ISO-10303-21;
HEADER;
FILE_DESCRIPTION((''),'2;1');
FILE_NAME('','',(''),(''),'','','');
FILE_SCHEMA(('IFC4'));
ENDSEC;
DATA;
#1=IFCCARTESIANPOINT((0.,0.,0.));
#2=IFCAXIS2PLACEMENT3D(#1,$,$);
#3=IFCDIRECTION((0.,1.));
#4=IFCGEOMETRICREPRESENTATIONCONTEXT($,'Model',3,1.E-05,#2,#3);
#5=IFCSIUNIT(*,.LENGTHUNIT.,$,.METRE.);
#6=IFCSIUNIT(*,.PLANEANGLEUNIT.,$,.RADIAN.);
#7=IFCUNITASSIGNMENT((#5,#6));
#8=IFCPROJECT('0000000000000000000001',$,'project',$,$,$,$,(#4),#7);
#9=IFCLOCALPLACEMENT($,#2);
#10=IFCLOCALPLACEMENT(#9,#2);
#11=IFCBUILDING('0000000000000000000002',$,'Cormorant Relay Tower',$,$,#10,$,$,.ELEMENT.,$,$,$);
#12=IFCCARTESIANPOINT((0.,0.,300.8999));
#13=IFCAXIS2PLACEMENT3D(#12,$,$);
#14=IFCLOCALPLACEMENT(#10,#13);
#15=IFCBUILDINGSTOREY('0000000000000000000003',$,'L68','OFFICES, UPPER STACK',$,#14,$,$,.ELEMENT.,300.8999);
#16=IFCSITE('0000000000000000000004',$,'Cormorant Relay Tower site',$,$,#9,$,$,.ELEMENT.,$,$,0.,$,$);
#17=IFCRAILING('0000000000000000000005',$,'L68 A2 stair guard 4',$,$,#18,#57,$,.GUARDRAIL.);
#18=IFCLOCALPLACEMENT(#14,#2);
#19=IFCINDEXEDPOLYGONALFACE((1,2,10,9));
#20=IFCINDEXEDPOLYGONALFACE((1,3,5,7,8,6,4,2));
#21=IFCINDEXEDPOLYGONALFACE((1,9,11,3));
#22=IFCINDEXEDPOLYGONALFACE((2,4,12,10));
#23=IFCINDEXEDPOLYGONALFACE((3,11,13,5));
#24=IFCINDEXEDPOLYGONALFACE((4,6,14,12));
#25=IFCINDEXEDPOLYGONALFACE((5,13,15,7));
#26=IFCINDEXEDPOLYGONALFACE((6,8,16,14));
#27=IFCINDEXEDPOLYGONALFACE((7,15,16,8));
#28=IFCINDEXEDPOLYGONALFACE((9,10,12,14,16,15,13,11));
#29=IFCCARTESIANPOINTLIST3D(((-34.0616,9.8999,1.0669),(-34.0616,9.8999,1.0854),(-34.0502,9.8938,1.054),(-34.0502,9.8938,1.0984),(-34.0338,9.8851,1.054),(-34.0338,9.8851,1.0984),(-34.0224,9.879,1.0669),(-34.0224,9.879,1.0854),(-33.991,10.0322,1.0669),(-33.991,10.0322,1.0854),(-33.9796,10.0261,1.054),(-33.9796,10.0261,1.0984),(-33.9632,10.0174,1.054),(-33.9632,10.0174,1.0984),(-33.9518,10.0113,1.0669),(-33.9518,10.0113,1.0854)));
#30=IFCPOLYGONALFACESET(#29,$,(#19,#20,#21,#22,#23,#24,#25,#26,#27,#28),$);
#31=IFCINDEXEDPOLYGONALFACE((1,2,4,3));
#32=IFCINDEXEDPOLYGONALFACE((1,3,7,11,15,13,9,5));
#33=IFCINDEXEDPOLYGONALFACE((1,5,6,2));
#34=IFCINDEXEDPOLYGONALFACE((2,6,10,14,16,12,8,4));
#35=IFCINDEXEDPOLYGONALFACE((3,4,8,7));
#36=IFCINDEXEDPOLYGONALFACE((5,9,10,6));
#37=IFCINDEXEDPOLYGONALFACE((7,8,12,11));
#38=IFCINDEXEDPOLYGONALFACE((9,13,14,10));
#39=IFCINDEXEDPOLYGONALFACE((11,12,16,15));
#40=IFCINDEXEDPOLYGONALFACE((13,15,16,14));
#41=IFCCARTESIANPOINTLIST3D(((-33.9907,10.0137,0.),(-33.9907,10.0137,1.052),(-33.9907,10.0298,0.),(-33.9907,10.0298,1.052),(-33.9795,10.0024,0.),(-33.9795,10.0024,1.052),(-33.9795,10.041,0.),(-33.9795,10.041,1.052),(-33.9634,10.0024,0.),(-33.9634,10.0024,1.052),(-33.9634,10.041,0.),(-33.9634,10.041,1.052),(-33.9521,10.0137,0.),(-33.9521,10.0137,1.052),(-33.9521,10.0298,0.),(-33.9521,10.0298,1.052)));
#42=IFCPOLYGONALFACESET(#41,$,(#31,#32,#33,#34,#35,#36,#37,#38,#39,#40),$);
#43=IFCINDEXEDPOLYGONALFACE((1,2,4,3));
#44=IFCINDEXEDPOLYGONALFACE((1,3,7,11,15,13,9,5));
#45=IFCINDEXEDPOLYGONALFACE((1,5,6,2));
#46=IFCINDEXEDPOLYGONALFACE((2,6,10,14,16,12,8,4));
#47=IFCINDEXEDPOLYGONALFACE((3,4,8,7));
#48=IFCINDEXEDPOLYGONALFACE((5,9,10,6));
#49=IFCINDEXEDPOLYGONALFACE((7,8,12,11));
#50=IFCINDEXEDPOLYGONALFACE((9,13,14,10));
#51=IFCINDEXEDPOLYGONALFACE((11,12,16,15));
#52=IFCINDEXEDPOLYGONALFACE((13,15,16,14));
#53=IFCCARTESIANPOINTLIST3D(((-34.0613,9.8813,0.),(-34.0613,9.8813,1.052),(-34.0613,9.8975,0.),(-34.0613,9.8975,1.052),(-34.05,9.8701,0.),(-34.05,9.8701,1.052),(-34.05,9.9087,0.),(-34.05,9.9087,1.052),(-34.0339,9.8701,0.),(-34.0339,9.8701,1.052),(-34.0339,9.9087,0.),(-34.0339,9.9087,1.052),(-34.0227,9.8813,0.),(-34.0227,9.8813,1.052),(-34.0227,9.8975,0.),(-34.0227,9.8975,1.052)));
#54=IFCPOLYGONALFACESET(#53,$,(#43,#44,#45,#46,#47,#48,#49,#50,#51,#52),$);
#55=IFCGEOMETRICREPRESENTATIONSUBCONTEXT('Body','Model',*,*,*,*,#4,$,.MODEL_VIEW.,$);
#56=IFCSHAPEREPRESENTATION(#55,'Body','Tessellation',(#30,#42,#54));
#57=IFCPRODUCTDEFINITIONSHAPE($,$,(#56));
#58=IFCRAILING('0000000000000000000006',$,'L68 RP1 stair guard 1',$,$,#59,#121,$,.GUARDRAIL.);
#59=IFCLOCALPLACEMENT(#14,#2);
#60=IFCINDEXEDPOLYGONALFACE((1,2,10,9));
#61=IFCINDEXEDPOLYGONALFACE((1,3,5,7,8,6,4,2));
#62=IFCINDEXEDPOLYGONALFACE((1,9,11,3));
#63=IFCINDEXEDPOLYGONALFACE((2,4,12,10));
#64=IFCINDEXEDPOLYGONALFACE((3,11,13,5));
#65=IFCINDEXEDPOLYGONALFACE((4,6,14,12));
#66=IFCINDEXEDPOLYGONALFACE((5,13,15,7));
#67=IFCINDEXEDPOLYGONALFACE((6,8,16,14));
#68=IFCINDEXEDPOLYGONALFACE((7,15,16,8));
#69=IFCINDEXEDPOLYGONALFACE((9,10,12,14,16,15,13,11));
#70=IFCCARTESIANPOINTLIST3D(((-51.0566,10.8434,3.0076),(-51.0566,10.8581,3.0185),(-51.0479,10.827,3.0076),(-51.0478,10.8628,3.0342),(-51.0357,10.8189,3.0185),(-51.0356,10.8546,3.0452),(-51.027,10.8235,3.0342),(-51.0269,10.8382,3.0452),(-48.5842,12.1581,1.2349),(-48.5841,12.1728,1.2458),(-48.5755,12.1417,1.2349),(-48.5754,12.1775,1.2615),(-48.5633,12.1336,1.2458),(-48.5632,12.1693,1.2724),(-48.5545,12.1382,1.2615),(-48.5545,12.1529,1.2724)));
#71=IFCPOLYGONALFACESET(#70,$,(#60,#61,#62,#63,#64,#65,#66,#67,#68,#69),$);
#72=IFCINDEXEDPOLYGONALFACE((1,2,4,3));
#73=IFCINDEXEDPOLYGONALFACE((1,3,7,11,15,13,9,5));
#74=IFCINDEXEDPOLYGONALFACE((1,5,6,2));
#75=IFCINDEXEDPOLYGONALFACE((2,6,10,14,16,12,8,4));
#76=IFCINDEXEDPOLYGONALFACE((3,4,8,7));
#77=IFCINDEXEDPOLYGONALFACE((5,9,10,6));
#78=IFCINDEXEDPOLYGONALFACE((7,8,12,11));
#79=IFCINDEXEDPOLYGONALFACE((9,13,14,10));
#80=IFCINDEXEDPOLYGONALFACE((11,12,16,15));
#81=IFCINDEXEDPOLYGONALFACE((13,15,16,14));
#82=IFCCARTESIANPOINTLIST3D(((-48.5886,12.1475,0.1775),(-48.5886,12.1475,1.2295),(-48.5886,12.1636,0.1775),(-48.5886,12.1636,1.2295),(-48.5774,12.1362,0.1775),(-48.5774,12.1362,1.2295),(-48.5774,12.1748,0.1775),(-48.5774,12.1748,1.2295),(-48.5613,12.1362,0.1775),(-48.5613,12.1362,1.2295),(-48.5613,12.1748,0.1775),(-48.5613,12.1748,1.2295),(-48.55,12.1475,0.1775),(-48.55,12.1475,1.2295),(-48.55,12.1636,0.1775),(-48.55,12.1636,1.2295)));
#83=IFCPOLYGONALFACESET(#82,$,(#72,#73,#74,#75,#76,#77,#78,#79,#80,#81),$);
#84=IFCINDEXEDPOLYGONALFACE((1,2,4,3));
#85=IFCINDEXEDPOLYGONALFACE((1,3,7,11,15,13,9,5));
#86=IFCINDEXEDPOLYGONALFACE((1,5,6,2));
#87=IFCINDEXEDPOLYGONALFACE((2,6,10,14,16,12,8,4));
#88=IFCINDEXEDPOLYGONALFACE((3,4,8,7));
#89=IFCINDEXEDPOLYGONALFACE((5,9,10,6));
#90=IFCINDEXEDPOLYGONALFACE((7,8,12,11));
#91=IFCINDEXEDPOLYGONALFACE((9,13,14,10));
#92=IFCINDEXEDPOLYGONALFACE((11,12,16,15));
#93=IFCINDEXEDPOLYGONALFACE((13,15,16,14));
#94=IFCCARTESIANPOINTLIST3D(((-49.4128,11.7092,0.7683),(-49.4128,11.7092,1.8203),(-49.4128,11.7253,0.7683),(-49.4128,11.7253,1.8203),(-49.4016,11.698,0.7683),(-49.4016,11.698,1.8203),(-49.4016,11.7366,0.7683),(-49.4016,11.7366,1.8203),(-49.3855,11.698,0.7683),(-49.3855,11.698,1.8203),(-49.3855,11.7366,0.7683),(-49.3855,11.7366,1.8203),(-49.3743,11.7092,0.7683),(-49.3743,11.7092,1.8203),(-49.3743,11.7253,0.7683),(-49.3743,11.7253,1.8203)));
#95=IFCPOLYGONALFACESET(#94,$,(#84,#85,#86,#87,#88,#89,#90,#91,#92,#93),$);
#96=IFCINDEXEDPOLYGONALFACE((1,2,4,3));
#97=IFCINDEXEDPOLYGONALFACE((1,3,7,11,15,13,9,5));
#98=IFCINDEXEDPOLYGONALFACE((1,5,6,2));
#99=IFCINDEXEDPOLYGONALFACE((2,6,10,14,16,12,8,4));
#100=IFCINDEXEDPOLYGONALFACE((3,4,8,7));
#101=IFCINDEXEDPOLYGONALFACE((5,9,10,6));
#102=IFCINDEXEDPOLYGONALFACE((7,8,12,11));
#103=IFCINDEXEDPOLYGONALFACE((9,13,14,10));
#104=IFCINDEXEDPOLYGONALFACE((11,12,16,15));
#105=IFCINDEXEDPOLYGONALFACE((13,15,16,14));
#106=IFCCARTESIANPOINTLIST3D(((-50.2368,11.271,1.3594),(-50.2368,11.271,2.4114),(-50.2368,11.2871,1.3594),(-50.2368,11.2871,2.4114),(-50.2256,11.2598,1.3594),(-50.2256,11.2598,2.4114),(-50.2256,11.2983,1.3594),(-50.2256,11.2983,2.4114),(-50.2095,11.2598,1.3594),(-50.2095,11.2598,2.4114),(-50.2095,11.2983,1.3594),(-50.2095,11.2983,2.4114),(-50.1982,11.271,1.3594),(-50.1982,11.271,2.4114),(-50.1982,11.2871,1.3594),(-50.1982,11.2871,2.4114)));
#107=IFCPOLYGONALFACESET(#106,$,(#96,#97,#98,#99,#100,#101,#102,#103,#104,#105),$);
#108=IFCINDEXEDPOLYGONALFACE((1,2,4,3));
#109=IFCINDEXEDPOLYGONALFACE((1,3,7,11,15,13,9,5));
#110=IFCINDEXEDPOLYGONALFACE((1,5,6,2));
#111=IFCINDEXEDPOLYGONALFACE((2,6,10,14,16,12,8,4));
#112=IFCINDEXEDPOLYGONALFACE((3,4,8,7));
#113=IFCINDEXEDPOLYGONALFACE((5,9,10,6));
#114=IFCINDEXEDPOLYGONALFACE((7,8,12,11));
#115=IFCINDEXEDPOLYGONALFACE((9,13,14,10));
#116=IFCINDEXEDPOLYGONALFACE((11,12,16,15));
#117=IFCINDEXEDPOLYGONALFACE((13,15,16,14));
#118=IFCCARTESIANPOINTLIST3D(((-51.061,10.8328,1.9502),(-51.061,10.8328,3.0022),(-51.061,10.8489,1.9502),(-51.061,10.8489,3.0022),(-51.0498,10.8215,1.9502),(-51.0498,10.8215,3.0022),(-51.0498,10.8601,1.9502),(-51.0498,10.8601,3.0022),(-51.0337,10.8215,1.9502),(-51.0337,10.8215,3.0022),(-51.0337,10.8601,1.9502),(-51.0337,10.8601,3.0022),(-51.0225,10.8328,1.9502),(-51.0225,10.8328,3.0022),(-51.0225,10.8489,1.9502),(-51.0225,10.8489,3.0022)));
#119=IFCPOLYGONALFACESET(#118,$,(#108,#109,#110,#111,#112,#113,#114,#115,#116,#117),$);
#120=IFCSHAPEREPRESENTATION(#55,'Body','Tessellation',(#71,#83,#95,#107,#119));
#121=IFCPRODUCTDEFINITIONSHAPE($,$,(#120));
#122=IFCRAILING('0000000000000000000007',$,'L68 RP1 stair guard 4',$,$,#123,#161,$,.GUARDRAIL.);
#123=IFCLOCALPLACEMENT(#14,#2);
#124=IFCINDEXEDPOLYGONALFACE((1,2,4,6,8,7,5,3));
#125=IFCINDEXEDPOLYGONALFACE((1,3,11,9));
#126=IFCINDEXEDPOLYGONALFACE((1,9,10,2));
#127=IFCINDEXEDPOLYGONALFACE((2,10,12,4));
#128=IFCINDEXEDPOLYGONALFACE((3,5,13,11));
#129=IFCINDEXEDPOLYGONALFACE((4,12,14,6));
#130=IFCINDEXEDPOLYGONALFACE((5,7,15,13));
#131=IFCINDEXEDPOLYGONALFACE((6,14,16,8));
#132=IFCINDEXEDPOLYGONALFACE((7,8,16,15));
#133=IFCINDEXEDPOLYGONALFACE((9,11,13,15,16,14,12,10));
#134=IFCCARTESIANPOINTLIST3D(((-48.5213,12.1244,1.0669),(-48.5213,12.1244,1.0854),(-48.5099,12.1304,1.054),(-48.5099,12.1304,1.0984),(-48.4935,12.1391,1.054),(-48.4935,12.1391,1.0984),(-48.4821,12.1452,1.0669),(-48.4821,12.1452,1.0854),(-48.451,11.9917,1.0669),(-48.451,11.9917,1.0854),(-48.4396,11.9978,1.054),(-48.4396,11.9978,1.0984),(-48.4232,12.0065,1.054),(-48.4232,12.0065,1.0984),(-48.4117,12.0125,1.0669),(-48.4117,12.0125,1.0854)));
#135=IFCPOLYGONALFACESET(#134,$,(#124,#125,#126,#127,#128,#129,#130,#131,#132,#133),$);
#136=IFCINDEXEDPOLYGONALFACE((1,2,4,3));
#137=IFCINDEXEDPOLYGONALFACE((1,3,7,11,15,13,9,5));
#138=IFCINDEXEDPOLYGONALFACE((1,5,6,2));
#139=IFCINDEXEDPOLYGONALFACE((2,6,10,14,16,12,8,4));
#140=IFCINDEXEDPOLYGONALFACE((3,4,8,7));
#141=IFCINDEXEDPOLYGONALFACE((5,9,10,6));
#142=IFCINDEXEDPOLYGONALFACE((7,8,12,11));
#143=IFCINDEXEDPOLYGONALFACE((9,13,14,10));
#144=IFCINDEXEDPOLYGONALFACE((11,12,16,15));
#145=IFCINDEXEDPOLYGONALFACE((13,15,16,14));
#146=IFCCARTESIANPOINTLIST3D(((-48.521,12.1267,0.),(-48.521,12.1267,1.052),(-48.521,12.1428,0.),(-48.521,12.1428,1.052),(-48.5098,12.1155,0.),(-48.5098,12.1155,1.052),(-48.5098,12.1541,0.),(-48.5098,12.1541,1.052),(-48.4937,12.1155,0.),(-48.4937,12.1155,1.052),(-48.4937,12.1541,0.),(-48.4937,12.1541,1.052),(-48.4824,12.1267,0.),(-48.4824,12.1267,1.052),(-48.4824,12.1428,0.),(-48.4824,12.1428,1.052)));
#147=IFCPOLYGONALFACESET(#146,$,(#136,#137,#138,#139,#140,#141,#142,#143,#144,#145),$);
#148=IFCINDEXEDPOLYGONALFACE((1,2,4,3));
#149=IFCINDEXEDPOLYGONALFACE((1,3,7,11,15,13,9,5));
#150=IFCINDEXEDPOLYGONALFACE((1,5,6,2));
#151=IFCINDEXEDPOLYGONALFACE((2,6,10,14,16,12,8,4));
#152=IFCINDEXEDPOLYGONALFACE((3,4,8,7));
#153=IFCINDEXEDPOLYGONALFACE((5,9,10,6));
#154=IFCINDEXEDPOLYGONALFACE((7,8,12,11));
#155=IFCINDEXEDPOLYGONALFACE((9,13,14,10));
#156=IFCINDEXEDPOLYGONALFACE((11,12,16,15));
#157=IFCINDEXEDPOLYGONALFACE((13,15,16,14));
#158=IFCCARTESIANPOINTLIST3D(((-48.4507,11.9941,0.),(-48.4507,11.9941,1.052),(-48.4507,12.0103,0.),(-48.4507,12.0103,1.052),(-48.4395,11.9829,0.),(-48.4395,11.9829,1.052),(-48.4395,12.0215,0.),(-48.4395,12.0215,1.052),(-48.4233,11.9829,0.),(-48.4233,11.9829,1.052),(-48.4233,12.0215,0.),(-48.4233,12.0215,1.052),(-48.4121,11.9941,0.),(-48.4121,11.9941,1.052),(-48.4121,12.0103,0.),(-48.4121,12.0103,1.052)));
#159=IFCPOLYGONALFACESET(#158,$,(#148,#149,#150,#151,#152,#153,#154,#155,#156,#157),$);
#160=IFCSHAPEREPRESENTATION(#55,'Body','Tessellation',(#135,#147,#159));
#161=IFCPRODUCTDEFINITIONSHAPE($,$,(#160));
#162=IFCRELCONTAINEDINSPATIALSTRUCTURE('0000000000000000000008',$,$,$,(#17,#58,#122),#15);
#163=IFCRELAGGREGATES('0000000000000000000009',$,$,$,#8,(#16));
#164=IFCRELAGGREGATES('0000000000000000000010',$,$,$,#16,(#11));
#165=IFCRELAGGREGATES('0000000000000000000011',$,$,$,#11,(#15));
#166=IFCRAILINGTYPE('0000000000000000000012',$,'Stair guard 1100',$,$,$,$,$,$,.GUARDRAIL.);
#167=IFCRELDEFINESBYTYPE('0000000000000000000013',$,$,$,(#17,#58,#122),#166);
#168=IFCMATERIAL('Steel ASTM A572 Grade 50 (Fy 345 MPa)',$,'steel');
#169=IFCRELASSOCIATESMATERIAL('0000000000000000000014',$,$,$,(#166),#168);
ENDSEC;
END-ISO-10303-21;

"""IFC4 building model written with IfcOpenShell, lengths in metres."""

from ifc_helpers import new_model, si_unit, direction, frame, origin, place, context, subcontext, project, spatial, polyline, outline, extrude, material, type_object, element, save


model = new_model("IFC4")

# Units and contexts
model_context = context("Model", 3, precision=1e-05, world=origin(), true_north=direction((0.0, 1.0)))
body_context = subcontext(model_context, "Body", "Model", "MODEL_VIEW")
ifc_project = project(units=[si_unit("LENGTHUNIT", "METRE"), si_unit("PLANEANGLEUNIT", "RADIAN")], contexts=[model_context])

# Site, building, storey
site_placement = place(None, origin())
site = spatial("IfcSite", under=ifc_project, at=site_placement, Name="Cormorant Relay Tower site", CompositionType="ELEMENT", RefElevation=0.0)
building_placement = place(site_placement, origin())
building = spatial("IfcBuilding", under=site, at=building_placement, Name="Cormorant Relay Tower", CompositionType="ELEMENT")
storey_placement = place(building_placement, frame((0.0, 0.0, 300.8999)))
storey = spatial("IfcBuildingStorey", under=building, at=storey_placement, Name="L68", Description="OFFICES, UPPER STACK", CompositionType="ELEMENT", Elevation=300.8999)

# Railings
ifc_material_1 = material(Name="Steel ASTM A572 Grade 50 (Fy 345 MPa)", Category="steel")
railing_type_1 = type_object("IfcRailingType", Name="Stair guard 1100", PredefinedType="GUARDRAIL", material=ifc_material_1)
railing_1_placement = place(storey_placement, frame((-33.9714, 10.0217, 0.0)))
element("IfcRailing", 1, at=railing_1_placement, inside=storey, type_object=railing_type_1, Name="L68 A2 stair guard 4", PredefinedType="GUARDRAIL", context=body_context, shape_type="SweptSolid", body=[
    extrude(outline(polyline([(0.0222, 0.0093), (0.0093, 0.0222), (-0.0093, 0.0222), (-0.0222, 0.0093), (-0.0222, -0.0093), (-0.0093, -0.0222), (0.0093, -0.0222), (0.0222, -0.0093), (0.0222, 0.0093)])), frame((0.0, 0.0, 1.0762), z_axis=(-0.470504, -0.882398, 0.0), x_axis=(0.882398, -0.470504, 0.0)), (0.0, 0.0, 1.0), 0.1499),
    extrude(outline(polyline([(0.0193, 0.0081), (0.0081, 0.0193), (-0.0081, 0.0193), (-0.0193, 0.0081), (-0.0193, -0.0081), (-0.0081, -0.0193), (0.0081, -0.0193), (0.0193, -0.0081), (0.0193, 0.0081)])), origin(), (0.0, 0.0, 1.0), 1.052),
    extrude(outline(polyline([(0.0193, 0.0081), (0.0081, 0.0193), (-0.0081, 0.0193), (-0.0193, 0.0081), (-0.0193, -0.0081), (-0.0081, -0.0193), (0.0081, -0.0193), (0.0193, -0.0081), (0.0193, 0.0081)])), frame((-0.0706, -0.1323, 0.0)), (0.0, 0.0, 1.0), 1.052),
])
railing_2_placement = place(storey_placement, frame((-48.5693, 12.1555, 0.1775)))
element("IfcRailing", 2, at=railing_2_placement, inside=storey, type_object=railing_type_1, Name="L68 RP1 stair guard 1", PredefinedType="GUARDRAIL", context=body_context, shape_type="SweptSolid", body=[
    extrude(outline(polyline([(0.0222, 0.0093), (0.0093, 0.0222), (-0.0093, 0.0222), (-0.0222, 0.0093), (-0.0222, -0.0093), (-0.0093, -0.0222), (0.0093, -0.0222), (0.0222, -0.0093), (0.0222, 0.0093)])), frame((0.0, 0.0, 1.0762), z_axis=(-0.746012, -0.39669, 0.534886), x_axis=(0.469497, -0.882934, 0.0)), (0.0, 0.0, 1.0), 3.3142),
    extrude(outline(polyline([(0.0193, 0.0081), (0.0081, 0.0193), (-0.0081, 0.0193), (-0.0193, 0.0081), (-0.0193, -0.0081), (-0.0081, -0.0193), (0.0081, -0.0193), (0.0193, -0.0081), (0.0193, 0.0081)])), origin(), (0.0, 0.0, 1.0), 1.052),
    extrude(outline(polyline([(0.0193, 0.0081), (0.0081, 0.0193), (-0.0081, 0.0193), (-0.0193, 0.0081), (-0.0193, -0.0081), (-0.0081, -0.0193), (0.0081, -0.0193), (0.0193, -0.0081), (0.0193, 0.0081)])), frame((-0.8242, -0.4382, 0.5908)), (0.0, 0.0, 1.0), 1.052),
    extrude(outline(polyline([(0.0193, 0.0081), (0.0081, 0.0193), (-0.0081, 0.0193), (-0.0193, 0.0081), (-0.0193, -0.0081), (-0.0081, -0.0193), (0.0081, -0.0193), (0.0193, -0.0081), (0.0193, 0.0081)])), frame((-1.6482, -0.8765, 1.1819)), (0.0, 0.0, 1.0), 1.052),
    extrude(outline(polyline([(0.0193, 0.0081), (0.0081, 0.0193), (-0.0081, 0.0193), (-0.0193, 0.0081), (-0.0193, -0.0081), (-0.0081, -0.0193), (0.0081, -0.0193), (0.0193, -0.0081), (0.0193, 0.0081)])), frame((-2.4724, -1.3147, 1.7727)), (0.0, 0.0, 1.0), 1.052),
])
railing_3_placement = place(storey_placement, frame((-48.5017, 12.1348, 0.0)))
element("IfcRailing", 3, at=railing_3_placement, inside=storey, type_object=railing_type_1, Name="L68 RP1 stair guard 4", PredefinedType="GUARDRAIL", context=body_context, shape_type="SweptSolid", body=[
    extrude(outline(polyline([(0.0222, 0.0093), (0.0093, 0.0222), (-0.0093, 0.0222), (-0.0222, 0.0093), (-0.0222, -0.0093), (-0.0093, -0.0222), (0.0093, -0.0222), (0.0222, -0.0093), (0.0222, 0.0093)])), frame((0.0, 0.0, 1.0762), z_axis=(0.46856, -0.883431, 0.0), x_axis=(0.883431, 0.46856, 0.0)), (0.0, 0.0, 1.0), 0.1501),
    extrude(outline(polyline([(0.0193, 0.0081), (0.0081, 0.0193), (-0.0081, 0.0193), (-0.0193, 0.0081), (-0.0193, -0.0081), (-0.0081, -0.0193), (0.0081, -0.0193), (0.0193, -0.0081), (0.0193, 0.0081)])), origin(), (0.0, 0.0, 1.0), 1.052),
    extrude(outline(polyline([(0.0193, 0.0081), (0.0081, 0.0193), (-0.0081, 0.0193), (-0.0193, 0.0081), (-0.0193, -0.0081), (-0.0081, -0.0193), (0.0081, -0.0193), (0.0193, -0.0081), (0.0193, 0.0081)])), frame((0.0703, -0.1326, 0.0)), (0.0, 0.0, 1.0), 1.052),
])

save(model, "model.ifc")
